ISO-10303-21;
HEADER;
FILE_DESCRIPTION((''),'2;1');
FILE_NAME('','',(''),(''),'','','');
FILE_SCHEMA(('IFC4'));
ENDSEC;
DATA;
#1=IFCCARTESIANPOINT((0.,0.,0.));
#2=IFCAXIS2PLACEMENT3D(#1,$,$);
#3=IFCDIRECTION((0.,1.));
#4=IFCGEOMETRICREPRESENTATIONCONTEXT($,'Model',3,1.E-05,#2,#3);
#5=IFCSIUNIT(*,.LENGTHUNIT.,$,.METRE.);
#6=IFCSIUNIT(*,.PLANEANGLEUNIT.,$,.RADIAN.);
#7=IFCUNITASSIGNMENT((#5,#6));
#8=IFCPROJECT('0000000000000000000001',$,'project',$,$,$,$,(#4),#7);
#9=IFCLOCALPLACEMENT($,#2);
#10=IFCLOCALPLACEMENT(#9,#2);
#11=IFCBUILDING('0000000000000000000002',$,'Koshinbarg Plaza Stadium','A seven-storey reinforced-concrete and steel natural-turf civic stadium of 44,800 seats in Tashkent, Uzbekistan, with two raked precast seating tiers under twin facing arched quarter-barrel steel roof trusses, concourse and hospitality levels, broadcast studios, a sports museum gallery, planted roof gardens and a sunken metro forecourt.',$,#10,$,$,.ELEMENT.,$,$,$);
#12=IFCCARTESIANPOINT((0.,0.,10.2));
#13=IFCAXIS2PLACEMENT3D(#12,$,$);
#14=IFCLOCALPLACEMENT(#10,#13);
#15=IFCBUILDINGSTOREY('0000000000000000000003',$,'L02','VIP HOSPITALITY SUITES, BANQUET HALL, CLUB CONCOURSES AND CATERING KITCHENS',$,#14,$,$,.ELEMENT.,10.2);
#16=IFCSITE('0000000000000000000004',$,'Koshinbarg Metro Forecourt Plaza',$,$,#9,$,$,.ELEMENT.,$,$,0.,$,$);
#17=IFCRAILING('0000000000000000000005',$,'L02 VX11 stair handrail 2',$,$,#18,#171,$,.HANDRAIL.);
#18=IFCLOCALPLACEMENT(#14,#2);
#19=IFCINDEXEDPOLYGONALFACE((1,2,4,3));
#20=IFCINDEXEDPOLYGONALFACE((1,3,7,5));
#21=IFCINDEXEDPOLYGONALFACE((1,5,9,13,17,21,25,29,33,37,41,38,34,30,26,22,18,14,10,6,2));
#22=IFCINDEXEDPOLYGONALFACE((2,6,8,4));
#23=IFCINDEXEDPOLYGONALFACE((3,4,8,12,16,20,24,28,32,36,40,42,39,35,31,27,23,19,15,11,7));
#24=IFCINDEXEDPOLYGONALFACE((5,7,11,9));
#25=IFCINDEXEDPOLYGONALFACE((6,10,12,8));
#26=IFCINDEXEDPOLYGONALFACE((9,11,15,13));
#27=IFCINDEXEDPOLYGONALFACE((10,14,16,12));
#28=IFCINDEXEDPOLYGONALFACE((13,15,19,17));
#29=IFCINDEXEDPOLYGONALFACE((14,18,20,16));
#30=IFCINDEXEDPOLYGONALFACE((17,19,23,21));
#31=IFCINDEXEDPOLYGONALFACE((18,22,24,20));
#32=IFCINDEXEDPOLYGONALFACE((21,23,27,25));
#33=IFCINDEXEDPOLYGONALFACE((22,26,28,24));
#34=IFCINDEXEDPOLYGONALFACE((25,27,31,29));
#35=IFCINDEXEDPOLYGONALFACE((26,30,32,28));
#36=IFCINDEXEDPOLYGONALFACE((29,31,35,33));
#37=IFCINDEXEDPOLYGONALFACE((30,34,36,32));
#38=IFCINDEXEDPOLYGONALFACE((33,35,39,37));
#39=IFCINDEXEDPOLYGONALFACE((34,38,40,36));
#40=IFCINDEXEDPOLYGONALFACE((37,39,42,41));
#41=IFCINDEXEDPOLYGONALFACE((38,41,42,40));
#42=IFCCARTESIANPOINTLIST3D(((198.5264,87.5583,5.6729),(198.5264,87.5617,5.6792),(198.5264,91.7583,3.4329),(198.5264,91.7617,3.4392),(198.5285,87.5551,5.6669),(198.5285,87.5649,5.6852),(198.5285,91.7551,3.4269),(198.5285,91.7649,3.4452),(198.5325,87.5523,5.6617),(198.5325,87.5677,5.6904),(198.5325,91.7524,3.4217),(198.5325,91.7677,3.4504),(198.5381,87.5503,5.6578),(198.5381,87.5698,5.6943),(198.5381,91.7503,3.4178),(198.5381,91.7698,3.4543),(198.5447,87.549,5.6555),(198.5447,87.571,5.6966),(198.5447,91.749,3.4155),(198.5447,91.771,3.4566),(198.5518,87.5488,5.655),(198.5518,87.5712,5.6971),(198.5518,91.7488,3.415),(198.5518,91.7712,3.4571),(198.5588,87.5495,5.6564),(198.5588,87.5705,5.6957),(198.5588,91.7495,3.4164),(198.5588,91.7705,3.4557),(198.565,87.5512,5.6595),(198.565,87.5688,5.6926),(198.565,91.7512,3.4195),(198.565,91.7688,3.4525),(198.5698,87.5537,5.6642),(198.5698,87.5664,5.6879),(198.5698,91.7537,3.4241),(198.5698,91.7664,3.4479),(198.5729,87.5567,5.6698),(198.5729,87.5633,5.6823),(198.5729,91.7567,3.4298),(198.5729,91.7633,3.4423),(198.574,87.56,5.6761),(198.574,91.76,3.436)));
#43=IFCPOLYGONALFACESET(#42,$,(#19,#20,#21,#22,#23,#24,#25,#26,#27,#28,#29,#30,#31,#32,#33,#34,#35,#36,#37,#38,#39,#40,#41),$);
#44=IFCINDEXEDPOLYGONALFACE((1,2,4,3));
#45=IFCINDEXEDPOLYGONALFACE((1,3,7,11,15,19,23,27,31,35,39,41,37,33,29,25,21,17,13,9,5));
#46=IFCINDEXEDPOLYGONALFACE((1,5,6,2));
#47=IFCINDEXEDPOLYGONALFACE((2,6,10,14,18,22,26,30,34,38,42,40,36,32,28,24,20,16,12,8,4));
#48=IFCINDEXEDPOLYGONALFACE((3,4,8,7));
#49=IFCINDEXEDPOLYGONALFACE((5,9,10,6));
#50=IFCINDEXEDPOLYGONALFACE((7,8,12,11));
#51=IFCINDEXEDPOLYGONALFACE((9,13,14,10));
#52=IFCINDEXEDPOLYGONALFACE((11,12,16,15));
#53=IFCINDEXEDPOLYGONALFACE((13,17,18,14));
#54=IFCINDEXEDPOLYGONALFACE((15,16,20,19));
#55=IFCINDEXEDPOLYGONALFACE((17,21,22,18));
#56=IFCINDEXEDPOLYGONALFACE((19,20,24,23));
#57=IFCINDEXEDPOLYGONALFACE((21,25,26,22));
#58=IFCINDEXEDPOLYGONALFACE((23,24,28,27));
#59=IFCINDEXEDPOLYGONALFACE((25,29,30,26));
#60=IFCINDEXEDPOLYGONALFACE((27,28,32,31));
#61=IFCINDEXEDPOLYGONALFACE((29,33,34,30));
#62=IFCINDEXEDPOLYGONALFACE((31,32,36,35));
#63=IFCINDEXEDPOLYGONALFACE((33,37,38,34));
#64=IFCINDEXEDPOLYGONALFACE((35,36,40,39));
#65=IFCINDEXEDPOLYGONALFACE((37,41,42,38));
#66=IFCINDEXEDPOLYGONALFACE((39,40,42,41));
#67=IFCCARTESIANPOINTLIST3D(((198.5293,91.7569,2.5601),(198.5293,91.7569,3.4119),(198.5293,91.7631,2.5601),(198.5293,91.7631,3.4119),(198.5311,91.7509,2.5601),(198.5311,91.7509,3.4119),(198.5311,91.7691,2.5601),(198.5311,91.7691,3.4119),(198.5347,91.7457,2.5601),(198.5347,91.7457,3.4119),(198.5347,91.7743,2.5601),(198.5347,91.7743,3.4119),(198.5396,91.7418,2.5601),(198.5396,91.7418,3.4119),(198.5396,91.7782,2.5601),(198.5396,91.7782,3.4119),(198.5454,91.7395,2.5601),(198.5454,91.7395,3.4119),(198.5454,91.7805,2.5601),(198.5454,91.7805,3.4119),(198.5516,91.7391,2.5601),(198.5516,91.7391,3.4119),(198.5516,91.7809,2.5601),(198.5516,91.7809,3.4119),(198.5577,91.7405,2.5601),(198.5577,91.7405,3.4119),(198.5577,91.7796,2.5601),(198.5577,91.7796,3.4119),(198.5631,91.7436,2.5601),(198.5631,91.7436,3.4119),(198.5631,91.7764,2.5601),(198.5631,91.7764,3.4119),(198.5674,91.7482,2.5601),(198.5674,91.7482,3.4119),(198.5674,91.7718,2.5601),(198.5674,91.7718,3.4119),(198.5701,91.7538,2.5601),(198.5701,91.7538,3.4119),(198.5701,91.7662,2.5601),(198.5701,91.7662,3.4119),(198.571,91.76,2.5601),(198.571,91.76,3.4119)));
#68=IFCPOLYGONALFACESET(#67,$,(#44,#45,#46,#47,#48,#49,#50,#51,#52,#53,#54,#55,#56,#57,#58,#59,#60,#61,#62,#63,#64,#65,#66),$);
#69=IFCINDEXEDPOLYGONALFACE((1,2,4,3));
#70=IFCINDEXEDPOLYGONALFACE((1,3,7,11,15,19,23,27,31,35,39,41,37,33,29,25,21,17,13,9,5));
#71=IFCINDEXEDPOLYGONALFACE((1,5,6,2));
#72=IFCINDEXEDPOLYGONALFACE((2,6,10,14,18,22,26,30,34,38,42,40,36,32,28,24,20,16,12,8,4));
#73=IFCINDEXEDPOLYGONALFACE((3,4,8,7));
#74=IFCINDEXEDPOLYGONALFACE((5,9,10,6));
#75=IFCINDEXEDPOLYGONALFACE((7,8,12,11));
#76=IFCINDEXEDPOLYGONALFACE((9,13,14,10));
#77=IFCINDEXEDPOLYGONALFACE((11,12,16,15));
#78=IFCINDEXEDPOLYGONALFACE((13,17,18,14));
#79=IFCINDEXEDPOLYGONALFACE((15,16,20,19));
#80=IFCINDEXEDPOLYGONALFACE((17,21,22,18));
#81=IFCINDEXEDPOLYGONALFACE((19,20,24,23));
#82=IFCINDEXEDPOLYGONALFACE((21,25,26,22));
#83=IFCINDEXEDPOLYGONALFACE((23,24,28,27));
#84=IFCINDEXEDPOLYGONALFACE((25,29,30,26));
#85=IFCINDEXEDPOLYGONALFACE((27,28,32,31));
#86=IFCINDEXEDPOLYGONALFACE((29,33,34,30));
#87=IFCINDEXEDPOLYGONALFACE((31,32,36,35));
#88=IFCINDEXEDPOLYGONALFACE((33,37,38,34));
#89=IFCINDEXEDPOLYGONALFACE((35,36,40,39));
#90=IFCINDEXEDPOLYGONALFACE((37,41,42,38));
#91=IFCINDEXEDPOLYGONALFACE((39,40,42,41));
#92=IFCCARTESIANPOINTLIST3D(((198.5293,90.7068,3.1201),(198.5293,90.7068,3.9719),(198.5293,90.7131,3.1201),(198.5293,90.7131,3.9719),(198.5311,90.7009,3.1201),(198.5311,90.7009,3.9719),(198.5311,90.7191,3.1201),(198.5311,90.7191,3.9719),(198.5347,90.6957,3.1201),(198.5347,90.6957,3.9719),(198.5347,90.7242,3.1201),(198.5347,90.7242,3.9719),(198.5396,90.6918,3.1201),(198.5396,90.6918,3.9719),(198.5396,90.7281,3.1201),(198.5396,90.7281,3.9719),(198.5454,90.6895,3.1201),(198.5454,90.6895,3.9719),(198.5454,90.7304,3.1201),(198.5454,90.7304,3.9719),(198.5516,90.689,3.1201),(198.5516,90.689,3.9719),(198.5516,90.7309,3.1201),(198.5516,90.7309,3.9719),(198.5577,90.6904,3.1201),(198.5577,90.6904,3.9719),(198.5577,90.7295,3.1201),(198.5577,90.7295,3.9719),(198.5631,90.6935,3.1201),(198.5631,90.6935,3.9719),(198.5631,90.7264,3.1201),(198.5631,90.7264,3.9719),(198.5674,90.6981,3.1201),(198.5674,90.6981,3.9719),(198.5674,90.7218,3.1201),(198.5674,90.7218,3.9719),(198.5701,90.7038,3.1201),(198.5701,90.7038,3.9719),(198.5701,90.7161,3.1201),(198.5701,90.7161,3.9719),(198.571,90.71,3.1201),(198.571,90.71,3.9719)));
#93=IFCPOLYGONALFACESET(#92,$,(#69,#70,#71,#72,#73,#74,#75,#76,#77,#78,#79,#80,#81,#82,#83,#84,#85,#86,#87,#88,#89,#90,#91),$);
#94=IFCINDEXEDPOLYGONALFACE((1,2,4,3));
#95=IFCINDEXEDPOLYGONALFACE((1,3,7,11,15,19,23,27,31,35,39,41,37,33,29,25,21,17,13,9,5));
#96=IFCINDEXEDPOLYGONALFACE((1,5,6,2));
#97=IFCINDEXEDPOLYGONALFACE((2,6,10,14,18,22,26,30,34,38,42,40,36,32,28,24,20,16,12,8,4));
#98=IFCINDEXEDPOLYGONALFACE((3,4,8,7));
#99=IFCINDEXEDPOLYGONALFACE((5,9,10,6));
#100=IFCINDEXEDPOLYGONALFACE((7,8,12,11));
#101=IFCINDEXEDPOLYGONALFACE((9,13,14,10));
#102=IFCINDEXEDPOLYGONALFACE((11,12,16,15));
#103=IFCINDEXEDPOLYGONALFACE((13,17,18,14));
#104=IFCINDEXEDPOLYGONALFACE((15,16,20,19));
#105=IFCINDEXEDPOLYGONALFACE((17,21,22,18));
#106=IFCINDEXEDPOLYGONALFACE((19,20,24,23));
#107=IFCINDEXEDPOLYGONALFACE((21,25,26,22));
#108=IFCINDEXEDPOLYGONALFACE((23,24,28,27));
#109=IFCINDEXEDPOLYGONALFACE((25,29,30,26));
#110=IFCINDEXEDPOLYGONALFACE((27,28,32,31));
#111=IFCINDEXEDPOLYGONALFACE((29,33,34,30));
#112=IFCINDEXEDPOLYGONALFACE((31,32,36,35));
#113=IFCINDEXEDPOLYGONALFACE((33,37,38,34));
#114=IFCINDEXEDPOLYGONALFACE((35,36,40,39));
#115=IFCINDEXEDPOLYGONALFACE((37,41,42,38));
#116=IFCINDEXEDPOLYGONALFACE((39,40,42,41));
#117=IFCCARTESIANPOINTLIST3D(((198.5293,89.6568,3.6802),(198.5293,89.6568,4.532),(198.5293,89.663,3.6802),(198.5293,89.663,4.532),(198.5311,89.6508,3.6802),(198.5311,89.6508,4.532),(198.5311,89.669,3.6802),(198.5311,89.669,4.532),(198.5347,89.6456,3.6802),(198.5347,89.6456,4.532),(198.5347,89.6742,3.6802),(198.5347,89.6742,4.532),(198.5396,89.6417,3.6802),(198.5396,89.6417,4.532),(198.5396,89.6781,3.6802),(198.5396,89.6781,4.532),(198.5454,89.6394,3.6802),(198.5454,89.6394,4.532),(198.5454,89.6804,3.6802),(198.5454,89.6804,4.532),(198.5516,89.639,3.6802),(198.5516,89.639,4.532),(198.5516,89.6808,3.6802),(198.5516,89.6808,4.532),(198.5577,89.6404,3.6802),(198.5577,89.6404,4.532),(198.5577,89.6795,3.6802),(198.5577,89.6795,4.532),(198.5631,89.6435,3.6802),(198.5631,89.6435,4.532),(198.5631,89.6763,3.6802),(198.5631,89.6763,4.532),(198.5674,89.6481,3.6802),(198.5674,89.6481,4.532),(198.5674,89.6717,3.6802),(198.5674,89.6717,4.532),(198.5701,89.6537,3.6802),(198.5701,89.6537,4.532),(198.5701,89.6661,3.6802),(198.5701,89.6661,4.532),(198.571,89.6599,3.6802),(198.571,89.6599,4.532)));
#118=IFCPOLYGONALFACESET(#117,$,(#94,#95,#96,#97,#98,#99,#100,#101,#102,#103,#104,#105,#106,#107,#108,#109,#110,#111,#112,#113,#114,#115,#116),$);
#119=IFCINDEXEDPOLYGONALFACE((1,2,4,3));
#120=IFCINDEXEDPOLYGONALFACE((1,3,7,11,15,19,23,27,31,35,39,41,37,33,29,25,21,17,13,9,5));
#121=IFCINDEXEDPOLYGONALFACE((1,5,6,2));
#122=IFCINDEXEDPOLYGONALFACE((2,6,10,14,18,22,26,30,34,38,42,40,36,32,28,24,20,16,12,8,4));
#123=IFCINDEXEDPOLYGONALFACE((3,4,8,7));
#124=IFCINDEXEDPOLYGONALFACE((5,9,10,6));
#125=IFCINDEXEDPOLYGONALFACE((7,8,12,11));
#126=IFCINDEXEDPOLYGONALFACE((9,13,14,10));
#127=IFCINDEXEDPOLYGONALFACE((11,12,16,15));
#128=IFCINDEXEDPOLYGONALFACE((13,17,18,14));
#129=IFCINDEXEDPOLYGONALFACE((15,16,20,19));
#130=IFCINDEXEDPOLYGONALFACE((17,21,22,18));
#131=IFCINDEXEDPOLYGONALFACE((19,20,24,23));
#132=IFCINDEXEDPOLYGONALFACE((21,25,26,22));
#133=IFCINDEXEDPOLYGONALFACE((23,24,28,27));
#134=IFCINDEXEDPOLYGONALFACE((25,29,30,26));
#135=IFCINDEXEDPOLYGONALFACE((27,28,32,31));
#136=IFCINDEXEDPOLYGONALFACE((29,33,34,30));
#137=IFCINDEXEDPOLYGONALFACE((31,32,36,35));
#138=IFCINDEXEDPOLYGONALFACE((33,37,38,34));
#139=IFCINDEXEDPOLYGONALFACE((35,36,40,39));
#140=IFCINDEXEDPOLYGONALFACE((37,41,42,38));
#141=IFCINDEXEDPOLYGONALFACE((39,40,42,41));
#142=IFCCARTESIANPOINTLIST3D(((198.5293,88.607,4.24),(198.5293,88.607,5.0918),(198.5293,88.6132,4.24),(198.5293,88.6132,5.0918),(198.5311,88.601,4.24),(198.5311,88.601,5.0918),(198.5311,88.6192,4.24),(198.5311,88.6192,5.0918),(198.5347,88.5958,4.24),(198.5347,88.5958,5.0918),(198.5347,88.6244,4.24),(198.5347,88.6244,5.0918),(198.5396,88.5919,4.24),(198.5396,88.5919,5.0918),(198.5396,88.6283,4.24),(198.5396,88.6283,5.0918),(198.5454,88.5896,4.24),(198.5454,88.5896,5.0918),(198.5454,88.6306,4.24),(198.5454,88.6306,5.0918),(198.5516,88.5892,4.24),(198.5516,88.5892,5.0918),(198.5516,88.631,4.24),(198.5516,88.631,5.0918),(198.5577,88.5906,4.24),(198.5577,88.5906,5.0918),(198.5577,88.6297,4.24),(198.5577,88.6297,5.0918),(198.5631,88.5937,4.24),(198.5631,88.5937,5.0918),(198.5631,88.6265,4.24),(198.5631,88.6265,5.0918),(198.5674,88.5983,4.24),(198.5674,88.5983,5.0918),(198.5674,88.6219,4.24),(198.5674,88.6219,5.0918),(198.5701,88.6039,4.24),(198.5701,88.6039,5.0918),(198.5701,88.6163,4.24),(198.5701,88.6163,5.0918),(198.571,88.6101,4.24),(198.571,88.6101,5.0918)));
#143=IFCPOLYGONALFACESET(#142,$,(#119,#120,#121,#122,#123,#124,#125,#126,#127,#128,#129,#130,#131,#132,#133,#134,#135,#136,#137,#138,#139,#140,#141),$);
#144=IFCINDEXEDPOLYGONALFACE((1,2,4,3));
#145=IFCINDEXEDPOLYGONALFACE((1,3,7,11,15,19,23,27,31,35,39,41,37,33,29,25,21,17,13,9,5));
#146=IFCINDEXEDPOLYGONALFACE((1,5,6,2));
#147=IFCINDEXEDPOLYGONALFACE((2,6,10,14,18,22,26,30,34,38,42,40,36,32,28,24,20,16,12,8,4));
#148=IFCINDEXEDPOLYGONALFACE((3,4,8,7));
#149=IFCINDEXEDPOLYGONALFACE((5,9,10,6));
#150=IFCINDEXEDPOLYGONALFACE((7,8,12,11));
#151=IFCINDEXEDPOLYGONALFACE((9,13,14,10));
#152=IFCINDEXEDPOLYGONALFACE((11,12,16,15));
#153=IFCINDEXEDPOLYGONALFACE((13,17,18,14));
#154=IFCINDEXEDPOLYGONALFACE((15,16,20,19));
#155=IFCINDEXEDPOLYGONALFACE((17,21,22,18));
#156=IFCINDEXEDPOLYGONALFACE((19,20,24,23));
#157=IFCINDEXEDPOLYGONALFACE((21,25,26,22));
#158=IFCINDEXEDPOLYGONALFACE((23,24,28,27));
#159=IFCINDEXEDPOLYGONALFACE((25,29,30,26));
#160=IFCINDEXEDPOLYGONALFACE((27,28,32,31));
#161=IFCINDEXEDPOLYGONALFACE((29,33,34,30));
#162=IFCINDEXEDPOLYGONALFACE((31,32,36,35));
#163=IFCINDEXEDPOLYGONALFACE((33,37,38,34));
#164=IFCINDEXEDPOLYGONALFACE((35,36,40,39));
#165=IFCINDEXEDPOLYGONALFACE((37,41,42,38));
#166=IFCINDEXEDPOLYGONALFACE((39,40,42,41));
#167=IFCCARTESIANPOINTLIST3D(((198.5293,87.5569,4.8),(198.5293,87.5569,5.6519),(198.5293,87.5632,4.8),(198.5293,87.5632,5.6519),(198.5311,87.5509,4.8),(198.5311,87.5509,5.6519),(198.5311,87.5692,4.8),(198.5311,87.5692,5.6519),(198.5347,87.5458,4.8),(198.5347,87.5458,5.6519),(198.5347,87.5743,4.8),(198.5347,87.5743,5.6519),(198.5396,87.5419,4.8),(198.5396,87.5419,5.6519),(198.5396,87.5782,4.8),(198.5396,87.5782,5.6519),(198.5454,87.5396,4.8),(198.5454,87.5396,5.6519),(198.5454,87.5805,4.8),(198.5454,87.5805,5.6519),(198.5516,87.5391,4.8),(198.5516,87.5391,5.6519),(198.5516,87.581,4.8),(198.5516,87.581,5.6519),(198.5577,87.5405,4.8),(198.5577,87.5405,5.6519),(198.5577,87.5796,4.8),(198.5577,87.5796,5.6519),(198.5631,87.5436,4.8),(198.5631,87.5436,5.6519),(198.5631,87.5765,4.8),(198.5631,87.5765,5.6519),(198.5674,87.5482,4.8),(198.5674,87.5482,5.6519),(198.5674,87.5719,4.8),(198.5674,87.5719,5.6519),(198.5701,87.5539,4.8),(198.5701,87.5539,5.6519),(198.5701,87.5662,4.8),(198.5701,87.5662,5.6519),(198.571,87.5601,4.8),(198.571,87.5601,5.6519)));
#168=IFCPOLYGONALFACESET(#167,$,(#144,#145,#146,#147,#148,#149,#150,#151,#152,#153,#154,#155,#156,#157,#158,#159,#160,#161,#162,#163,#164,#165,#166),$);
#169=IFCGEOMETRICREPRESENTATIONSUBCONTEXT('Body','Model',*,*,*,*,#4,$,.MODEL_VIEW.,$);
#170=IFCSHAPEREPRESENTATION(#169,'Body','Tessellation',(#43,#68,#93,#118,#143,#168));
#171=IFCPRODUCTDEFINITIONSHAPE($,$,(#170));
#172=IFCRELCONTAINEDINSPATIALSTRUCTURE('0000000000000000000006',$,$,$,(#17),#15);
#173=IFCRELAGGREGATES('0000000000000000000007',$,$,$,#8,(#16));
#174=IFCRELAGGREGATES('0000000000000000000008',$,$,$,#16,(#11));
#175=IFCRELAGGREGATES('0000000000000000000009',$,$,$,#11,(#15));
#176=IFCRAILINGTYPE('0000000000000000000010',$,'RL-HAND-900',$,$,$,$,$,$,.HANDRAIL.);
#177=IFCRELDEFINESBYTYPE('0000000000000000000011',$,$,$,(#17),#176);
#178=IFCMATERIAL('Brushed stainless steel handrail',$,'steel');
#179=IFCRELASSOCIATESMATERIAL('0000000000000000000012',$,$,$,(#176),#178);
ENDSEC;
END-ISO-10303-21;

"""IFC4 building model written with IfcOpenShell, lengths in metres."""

from ifc_helpers import new_model, si_unit, direction, frame, origin, origin_2d, place, context, subcontext, project, spatial, circle, extrude, material, type_object, element, save


model = new_model("IFC4")

# Units and contexts
model_context = context("Model", 3, precision=1e-05, world=origin(), true_north=direction((0.0, 1.0)))
body_context = subcontext(model_context, "Body", "Model", "MODEL_VIEW")
ifc_project = project(units=[si_unit("LENGTHUNIT", "METRE"), si_unit("PLANEANGLEUNIT", "RADIAN")], contexts=[model_context])

# Site, building, storey
site_placement = place(None, origin())
site = spatial("IfcSite", under=ifc_project, at=site_placement, Name="Koshinbarg Metro Forecourt Plaza", CompositionType="ELEMENT", RefElevation=0.0)
building_placement = place(site_placement, origin())
building = spatial("IfcBuilding", under=site, at=building_placement, Name="Koshinbarg Plaza Stadium", Description="A seven-storey reinforced-concrete and steel natural-turf civic stadium of 44,800 seats in Tashkent, Uzbekistan, with two raked precast seating tiers under twin facing arched quarter-barrel steel roof trusses, concourse and hospitality levels, broadcast studios, a sports museum gallery, planted roof gardens and a sunken metro forecourt.", CompositionType="ELEMENT")
storey_placement = place(building_placement, frame((0.0, 0.0, 10.2)))
storey = spatial("IfcBuildingStorey", under=building, at=storey_placement, Name="L02", Description="VIP HOSPITALITY SUITES, BANQUET HALL, CLUB CONCOURSES AND CATERING KITCHENS", CompositionType="ELEMENT", Elevation=10.2)

# Railing
ifc_material_1 = material(Name="Brushed stainless steel handrail", Category="steel")
railing_type_1 = type_object("IfcRailingType", Name="RL-HAND-900", PredefinedType="HANDRAIL", material=ifc_material_1)
railing_1_placement = place(storey_placement, frame((198.55, 91.76, 2.5601)))
element("IfcRailing", 1, at=railing_1_placement, inside=storey, type_object=railing_type_1, Name="L02 VX11 stair handrail 2", PredefinedType="HANDRAIL", context=body_context, shape_type="SweptSolid", body=[
    extrude(circle(Radius=0.0239, at=origin_2d()), frame((0.0, 0.0, 0.876), z_axis=(0.0, -0.882352, 0.470591), x_axis=(1.0, 0.0, 0.0)), (0.0, 0.0, 1.0), 4.76),
    extrude(circle(Radius=0.021, at=origin_2d()), origin(), (0.0, 0.0, 1.0), 0.8518),
    extrude(circle(Radius=0.021, at=origin_2d()), frame((0.0, -1.05, 0.5601)), (0.0, 0.0, 1.0), 0.8518),
    extrude(circle(Radius=0.021, at=origin_2d()), frame((0.0, -2.1001, 1.1201)), (0.0, 0.0, 1.0), 0.8518),
    extrude(circle(Radius=0.021, at=origin_2d()), frame((0.0, -3.1499, 1.6799)), (0.0, 0.0, 1.0), 0.8518),
    extrude(circle(Radius=0.021, at=origin_2d()), frame((0.0, -4.2, 2.24)), (0.0, 0.0, 1.0), 0.8518),
])

save(model, "model.ifc")
